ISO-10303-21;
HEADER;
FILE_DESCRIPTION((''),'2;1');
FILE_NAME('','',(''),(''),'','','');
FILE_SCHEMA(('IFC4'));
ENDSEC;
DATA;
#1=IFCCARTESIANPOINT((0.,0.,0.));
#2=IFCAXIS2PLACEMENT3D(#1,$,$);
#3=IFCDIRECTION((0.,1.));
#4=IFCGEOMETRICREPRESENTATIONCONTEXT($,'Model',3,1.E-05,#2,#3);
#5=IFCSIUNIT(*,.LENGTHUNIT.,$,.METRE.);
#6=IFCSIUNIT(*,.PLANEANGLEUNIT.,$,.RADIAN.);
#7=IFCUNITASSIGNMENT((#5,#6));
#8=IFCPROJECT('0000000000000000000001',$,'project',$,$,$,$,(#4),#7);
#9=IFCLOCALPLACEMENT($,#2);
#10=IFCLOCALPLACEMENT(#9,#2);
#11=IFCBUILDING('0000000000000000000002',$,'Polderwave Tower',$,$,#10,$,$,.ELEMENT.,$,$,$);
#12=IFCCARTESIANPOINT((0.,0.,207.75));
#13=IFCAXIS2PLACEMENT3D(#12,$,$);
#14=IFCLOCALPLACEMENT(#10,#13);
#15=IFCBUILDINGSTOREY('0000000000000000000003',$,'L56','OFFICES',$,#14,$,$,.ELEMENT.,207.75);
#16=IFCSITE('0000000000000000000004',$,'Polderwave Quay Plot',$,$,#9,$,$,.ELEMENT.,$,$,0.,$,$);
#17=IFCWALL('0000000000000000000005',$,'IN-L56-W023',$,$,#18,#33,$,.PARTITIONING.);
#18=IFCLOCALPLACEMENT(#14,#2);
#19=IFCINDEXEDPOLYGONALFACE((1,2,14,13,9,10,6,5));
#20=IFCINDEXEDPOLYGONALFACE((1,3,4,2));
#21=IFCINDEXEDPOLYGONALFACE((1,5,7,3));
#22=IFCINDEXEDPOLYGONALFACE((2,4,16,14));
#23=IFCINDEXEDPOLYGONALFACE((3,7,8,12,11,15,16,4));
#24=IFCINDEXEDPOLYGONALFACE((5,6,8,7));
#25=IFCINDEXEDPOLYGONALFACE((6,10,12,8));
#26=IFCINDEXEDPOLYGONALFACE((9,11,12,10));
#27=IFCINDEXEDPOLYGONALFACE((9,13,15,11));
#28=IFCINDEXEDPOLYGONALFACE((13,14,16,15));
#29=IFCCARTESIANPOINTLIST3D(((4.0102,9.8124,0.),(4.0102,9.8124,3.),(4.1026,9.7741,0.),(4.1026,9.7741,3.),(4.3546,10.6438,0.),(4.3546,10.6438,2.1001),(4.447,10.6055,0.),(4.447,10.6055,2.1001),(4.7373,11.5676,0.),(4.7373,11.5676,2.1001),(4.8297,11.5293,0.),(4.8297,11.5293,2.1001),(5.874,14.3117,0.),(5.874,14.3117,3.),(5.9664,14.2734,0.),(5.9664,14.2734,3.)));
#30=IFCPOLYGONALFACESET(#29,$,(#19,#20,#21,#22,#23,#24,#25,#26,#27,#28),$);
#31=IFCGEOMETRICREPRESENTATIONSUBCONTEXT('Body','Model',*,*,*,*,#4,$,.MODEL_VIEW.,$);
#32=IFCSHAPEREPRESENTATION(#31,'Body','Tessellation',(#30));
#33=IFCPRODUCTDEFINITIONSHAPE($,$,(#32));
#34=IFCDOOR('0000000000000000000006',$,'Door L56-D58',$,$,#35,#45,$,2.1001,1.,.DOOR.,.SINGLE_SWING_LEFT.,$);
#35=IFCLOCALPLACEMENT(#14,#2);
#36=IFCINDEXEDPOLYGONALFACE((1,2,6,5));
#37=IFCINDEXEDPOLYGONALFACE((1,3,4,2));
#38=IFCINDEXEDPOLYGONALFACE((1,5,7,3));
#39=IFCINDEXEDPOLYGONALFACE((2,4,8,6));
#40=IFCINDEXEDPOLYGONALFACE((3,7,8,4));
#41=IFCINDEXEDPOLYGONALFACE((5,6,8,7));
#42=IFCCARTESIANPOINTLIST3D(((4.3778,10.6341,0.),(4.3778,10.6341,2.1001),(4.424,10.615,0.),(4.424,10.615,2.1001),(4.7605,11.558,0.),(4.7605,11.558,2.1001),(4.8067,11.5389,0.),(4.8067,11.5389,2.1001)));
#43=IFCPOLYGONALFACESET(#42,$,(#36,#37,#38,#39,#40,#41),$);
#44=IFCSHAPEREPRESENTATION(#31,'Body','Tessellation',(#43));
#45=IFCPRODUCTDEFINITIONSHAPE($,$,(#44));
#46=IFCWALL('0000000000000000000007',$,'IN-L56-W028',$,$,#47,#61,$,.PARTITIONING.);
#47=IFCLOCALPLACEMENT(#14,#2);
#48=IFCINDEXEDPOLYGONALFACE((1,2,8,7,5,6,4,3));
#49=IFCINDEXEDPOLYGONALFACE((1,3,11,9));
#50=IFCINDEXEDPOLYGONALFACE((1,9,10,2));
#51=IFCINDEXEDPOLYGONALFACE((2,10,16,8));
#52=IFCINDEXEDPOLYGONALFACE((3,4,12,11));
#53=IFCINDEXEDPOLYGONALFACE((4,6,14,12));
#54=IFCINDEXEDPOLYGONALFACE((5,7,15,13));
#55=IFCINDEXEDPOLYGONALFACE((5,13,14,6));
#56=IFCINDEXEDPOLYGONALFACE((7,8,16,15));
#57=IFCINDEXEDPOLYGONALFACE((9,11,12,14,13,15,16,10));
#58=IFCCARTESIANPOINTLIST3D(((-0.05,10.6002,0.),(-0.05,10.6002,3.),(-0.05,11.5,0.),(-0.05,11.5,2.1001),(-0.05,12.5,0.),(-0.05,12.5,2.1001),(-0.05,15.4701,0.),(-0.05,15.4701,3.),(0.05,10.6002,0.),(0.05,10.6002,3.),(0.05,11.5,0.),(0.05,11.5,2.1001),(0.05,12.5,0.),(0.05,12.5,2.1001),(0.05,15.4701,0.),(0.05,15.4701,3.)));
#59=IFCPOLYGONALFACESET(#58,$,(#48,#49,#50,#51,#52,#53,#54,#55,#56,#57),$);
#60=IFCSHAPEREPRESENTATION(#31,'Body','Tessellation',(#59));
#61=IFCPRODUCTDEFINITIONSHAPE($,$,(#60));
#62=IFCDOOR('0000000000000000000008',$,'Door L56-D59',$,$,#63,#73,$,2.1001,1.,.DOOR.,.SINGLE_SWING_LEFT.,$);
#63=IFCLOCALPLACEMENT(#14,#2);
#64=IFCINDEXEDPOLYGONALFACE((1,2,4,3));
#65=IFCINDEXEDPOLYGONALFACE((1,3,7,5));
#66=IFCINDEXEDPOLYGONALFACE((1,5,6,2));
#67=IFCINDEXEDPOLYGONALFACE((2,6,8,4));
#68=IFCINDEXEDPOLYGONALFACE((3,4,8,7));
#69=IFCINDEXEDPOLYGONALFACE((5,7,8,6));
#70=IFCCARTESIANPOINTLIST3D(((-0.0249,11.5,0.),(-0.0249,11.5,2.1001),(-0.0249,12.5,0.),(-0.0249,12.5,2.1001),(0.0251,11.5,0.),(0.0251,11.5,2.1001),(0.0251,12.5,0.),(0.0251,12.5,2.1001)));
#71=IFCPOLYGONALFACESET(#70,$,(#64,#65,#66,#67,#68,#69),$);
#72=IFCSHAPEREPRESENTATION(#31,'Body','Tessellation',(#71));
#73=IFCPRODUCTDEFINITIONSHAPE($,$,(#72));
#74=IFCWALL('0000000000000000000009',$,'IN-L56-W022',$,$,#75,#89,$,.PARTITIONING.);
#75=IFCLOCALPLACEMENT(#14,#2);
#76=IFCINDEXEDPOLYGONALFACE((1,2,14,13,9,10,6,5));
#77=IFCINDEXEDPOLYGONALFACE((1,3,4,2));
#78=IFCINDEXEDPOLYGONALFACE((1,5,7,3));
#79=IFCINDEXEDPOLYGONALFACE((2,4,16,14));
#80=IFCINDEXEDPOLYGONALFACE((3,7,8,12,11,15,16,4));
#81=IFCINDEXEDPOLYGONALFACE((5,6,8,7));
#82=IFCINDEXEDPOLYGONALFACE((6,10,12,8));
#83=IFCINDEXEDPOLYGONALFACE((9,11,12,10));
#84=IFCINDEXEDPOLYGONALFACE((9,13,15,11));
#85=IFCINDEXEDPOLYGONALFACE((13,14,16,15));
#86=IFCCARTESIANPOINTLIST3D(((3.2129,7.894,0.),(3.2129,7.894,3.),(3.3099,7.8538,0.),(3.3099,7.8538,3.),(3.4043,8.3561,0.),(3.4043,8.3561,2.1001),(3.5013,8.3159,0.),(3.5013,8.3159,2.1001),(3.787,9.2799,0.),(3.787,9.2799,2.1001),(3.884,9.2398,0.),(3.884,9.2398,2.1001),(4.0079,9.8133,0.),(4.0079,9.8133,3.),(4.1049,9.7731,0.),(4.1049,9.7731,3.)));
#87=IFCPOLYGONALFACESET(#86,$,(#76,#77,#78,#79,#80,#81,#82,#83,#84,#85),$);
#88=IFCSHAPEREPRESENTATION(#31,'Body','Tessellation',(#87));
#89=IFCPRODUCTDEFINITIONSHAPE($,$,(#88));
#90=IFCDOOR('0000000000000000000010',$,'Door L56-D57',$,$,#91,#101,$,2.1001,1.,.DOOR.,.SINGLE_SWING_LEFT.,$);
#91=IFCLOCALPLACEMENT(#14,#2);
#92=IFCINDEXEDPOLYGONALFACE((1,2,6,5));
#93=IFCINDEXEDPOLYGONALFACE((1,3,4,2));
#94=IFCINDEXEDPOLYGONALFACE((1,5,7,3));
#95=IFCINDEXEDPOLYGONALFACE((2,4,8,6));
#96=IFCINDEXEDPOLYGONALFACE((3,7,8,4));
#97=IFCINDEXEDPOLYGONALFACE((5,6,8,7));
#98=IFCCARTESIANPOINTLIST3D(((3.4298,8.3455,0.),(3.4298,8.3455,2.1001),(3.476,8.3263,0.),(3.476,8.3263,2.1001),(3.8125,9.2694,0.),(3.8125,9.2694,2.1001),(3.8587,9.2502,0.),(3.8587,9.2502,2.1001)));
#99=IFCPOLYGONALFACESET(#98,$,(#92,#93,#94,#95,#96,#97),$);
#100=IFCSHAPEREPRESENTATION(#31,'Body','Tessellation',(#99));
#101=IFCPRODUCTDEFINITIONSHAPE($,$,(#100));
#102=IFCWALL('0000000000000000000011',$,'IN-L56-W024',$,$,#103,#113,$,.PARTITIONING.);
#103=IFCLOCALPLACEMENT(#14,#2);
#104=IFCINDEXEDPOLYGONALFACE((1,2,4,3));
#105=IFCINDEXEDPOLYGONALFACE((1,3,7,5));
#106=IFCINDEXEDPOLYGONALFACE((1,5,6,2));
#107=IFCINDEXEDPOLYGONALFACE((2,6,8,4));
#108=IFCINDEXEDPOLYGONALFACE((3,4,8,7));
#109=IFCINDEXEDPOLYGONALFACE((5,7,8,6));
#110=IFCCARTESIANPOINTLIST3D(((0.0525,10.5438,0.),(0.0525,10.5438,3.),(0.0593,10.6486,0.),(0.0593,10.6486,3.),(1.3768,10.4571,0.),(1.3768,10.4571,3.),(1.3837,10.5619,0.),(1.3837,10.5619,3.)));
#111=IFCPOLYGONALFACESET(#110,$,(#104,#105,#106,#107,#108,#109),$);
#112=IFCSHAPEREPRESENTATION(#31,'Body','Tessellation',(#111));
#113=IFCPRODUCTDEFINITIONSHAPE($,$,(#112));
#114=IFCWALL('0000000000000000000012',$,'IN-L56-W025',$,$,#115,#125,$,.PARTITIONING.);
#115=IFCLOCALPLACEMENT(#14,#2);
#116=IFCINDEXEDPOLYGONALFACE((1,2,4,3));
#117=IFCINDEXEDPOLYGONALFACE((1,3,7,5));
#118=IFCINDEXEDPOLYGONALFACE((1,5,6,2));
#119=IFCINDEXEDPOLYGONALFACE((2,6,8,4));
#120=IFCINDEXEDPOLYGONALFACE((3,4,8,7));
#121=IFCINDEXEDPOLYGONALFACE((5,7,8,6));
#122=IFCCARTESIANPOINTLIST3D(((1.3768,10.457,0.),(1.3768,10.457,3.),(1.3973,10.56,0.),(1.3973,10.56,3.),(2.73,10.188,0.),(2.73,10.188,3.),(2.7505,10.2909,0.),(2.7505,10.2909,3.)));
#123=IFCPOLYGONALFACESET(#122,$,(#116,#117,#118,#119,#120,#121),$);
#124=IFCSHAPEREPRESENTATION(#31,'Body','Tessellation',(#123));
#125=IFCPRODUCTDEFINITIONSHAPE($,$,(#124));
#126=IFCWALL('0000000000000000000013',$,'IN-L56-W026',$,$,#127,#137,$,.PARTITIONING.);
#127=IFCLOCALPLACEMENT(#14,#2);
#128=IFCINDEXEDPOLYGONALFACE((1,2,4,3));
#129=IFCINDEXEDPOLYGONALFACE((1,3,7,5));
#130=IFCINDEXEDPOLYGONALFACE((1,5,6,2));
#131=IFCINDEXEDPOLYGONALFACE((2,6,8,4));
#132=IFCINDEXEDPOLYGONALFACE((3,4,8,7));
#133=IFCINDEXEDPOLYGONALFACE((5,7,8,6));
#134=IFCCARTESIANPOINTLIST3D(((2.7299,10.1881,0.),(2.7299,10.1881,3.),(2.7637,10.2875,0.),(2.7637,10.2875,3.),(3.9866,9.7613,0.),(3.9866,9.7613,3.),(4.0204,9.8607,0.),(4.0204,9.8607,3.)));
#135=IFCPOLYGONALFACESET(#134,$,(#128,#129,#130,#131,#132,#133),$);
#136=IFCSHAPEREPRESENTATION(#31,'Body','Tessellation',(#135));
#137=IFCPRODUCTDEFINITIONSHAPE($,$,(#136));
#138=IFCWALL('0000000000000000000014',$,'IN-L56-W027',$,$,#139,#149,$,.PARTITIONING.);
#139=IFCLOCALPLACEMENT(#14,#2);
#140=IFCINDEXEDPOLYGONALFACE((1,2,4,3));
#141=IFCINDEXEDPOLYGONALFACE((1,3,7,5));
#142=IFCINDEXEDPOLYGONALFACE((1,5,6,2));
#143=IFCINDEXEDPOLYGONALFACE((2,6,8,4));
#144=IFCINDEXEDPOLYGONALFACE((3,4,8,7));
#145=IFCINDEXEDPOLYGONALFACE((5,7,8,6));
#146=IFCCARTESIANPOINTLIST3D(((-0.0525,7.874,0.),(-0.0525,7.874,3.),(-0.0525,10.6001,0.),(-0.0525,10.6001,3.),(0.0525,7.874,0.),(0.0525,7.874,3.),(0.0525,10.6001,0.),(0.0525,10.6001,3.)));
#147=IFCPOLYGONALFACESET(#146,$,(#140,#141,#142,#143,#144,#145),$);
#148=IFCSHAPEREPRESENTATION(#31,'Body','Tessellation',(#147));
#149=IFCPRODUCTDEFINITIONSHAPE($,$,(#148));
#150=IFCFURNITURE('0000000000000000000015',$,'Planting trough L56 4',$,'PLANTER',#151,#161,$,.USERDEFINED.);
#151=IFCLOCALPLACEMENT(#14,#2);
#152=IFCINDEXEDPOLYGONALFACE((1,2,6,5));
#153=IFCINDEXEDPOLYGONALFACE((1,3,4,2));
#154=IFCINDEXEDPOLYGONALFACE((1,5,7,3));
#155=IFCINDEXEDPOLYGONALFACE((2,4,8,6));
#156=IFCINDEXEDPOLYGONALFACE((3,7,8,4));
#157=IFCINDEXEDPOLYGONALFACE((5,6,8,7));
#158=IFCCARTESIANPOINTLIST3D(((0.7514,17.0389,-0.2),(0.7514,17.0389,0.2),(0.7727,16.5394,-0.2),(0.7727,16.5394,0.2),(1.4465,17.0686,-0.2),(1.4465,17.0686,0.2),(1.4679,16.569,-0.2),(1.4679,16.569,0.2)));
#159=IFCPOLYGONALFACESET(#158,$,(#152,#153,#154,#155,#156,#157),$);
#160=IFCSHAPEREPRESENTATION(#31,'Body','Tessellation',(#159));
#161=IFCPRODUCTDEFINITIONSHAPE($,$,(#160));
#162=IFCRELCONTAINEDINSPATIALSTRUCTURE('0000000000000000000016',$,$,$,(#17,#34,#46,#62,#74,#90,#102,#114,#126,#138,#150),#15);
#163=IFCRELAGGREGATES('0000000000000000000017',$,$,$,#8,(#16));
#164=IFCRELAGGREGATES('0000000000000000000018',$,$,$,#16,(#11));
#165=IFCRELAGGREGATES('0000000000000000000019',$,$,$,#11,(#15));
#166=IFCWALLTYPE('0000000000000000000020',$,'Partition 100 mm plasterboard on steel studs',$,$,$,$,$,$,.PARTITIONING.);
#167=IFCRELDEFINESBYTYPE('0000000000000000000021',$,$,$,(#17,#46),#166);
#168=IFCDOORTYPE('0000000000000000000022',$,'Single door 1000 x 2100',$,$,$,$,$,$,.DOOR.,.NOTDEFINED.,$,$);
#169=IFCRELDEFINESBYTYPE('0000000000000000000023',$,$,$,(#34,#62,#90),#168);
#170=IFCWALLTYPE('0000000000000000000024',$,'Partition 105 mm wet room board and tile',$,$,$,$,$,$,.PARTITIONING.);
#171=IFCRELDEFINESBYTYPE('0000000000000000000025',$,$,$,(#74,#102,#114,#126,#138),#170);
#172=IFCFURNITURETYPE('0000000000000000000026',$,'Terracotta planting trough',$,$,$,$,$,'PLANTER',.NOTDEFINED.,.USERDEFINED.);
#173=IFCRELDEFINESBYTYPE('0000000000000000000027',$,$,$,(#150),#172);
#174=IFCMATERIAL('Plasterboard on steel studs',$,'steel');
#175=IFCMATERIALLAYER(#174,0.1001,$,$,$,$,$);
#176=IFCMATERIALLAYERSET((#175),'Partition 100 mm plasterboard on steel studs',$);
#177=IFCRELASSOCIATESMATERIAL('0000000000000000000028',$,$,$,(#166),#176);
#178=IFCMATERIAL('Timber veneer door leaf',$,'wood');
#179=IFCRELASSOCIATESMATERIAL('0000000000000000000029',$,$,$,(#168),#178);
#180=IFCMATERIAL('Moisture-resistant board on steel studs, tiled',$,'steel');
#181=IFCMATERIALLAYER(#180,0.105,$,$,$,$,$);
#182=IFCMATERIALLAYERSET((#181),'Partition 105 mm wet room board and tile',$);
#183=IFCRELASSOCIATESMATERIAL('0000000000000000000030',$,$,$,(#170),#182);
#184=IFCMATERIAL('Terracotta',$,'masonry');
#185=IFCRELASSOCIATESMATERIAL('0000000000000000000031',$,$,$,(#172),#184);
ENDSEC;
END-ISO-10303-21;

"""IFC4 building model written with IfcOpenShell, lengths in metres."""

from ifc_helpers import new_model, si_unit, direction, frame, frame_2d, origin, origin_2d, place, context, subcontext, project, spatial, rectangle, extrude, material, layer, layer_set, type_object, element, fill, save


model = new_model("IFC4")

# Units and contexts
model_context = context("Model", 3, precision=1e-05, world=origin(), true_north=direction((0.0, 1.0)))
body_context = subcontext(model_context, "Body", "Model", "MODEL_VIEW")
ifc_project = project(units=[si_unit("LENGTHUNIT", "METRE"), si_unit("PLANEANGLEUNIT", "RADIAN")], contexts=[model_context])

# Site, building, storey
site_placement = place(None, origin())
site = spatial("IfcSite", under=ifc_project, at=site_placement, Name="Polderwave Quay Plot", CompositionType="ELEMENT", RefElevation=0.0)
building_placement = place(site_placement, origin())
building = spatial("IfcBuilding", under=site, at=building_placement, Name="Polderwave Tower", CompositionType="ELEMENT")
storey_placement = place(building_placement, frame((0.0, 0.0, 207.75)))
storey = spatial("IfcBuildingStorey", under=building, at=storey_placement, Name="L56", Description="OFFICES", CompositionType="ELEMENT", Elevation=207.75)

# Walls, openings, doors
ifc_material_1 = material(Name="Plasterboard on steel studs", Category="steel")
ifc_layer_1 = layer(ifc_material_1, 0.1001)
ifc_layer_set_1 = layer_set([ifc_layer_1], Name="Partition 100 mm plasterboard on steel studs")
wall_type_1 = type_object("IfcWallType", Name="Partition 100 mm plasterboard on steel studs", PredefinedType="PARTITIONING", material=ifc_layer_set_1)
wall_1_placement = place(storey_placement, frame((4.0564, 9.7932, 0.0), z_axis=(0.0, 0.0, 1.0), x_axis=(0.382703, 0.923871, 0.0)))
wall_1 = element("IfcWall", 1, at=wall_1_placement, inside=storey, type_object=wall_type_1, Name="IN-L56-W023", PredefinedType="PARTITIONING", context=body_context, shape_type="SweptSolid", body=[
    extrude(rectangle(XDim=4.8701, YDim=0.1001, at=frame_2d((2.4351, 0.0))), origin(), (0.0, 0.0, 1.0), 3.0),
])
opening_1_placement = place(wall_1_placement, frame((0.8999, 0.0, 0.0)))
opening_1 = element("IfcOpeningElement", 2, at=opening_1_placement, cuts=wall_1, PredefinedType="OPENING", context=body_context, shape_type="SweptSolid", body=[
    extrude(rectangle(XDim=1.0, YDim=2.1001, at=frame_2d((0.5, 1.05))), frame((0.0, 0.0601, 0.0), z_axis=(0.0, -1.0, 0.0), x_axis=(1.0, 0.0, 0.0)), (0.0, 0.0, 1.0), 0.1201),
])
ifc_material_2 = material(Name="Timber veneer door leaf", Category="wood")
door_type = type_object("IfcDoorType", Name="Single door 1000 x 2100", OperationType="NOTDEFINED", PredefinedType="DOOR", material=ifc_material_2)
door_1_placement = place(opening_1_placement, origin())
door_1 = element("IfcDoor", 3, at=door_1_placement, inside=storey, type_object=door_type, Name="Door L56-D58", OperationType="SINGLE_SWING_LEFT", OverallHeight=2.1001, OverallWidth=1.0, PredefinedType="DOOR", context=body_context, shape_type="SweptSolid", body=[
    extrude(rectangle(XDim=1.0, YDim=2.1001, at=frame_2d((0.5, 1.05))), frame((0.0, 0.0249, 0.0), z_axis=(0.0, -1.0, 0.0), x_axis=(1.0, 0.0, 0.0)), (0.0, 0.0, 1.0), 0.05),
])
fill(opening_1, door_1)
wall_2_placement = place(storey_placement, frame((0.0, 10.6001, 0.0), z_axis=(0.0, 0.0, 1.0), x_axis=(0.0, 1.0, 0.0)))
wall_2 = element("IfcWall", 4, at=wall_2_placement, inside=storey, type_object=wall_type_1, Name="IN-L56-W028", PredefinedType="PARTITIONING", context=body_context, shape_type="SweptSolid", body=[
    extrude(rectangle(XDim=4.8699, YDim=0.1001, at=frame_2d((2.4351, 0.0))), origin(), (0.0, 0.0, 1.0), 3.0),
])
opening_2_placement = place(wall_2_placement, frame((0.8999, 0.0, 0.0)))
opening_2 = element("IfcOpeningElement", 5, at=opening_2_placement, cuts=wall_2, PredefinedType="OPENING", context=body_context, shape_type="SweptSolid", body=[
    extrude(rectangle(XDim=1.0, YDim=2.1001, at=frame_2d((0.5, 1.05))), frame((0.0, 0.0601, 0.0), z_axis=(0.0, -1.0, 0.0), x_axis=(1.0, 0.0, 0.0)), (0.0, 0.0, 1.0), 0.1201),
])
door_2_placement = place(opening_2_placement, origin())
door_2 = element("IfcDoor", 6, at=door_2_placement, inside=storey, type_object=door_type, Name="Door L56-D59", OperationType="SINGLE_SWING_LEFT", OverallHeight=2.1001, OverallWidth=1.0, PredefinedType="DOOR", context=body_context, shape_type="SweptSolid", body=[
    extrude(rectangle(XDim=1.0, YDim=2.1001, at=frame_2d((0.5, 1.05))), frame((0.0, 0.0249, 0.0), z_axis=(0.0, -1.0, 0.0), x_axis=(1.0, 0.0, 0.0)), (0.0, 0.0, 1.0), 0.05),
])
fill(opening_2, door_2)
ifc_material_3 = material(Name="Moisture-resistant board on steel studs, tiled", Category="steel")
ifc_layer_2 = layer(ifc_material_3, 0.105)
ifc_layer_set_2 = layer_set([ifc_layer_2], Name="Partition 105 mm wet room board and tile")
wall_type_2 = type_object("IfcWallType", Name="Partition 105 mm wet room board and tile", PredefinedType="PARTITIONING", material=ifc_layer_set_2)
wall_3_placement = place(storey_placement, frame((3.2615, 7.874, 0.0), z_axis=(0.0, 0.0, 1.0), x_axis=(0.38267, 0.923885, 0.0)))
wall_3 = element("IfcWall", 7, at=wall_3_placement, inside=storey, type_object=wall_type_2, Name="IN-L56-W022", PredefinedType="PARTITIONING", context=body_context, shape_type="SweptSolid", body=[
    extrude(rectangle(XDim=2.0774, YDim=0.105, at=frame_2d((1.0386, 0.0))), origin(), (0.0, 0.0, 1.0), 3.0),
])
opening_3_placement = place(wall_3_placement, frame((0.5, 0.0, 0.0)))
opening_3 = element("IfcOpeningElement", 8, at=opening_3_placement, cuts=wall_3, PredefinedType="OPENING", context=body_context, shape_type="SweptSolid", body=[
    extrude(rectangle(XDim=1.0, YDim=2.1001, at=frame_2d((0.5, 1.05))), frame((0.0, 0.0625, 0.0), z_axis=(0.0, -1.0, 0.0), x_axis=(1.0, 0.0, 0.0)), (0.0, 0.0, 1.0), 0.125),
])
door_3_placement = place(opening_3_placement, origin())
door_3 = element("IfcDoor", 9, at=door_3_placement, inside=storey, type_object=door_type, Name="Door L56-D57", OperationType="SINGLE_SWING_LEFT", OverallHeight=2.1001, OverallWidth=1.0, PredefinedType="DOOR", context=body_context, shape_type="SweptSolid", body=[
    extrude(rectangle(XDim=1.0, YDim=2.1001, at=frame_2d((0.5, 1.05))), frame((0.0, 0.0249, 0.0), z_axis=(0.0, -1.0, 0.0), x_axis=(1.0, 0.0, 0.0)), (0.0, 0.0, 1.0), 0.05),
])
fill(opening_3, door_3)

# Walls
wall_4_placement = place(storey_placement, frame((0.0559, 10.5962, 0.0), z_axis=(0.0, 0.0, 1.0), x_axis=(0.997865, -0.06531, 0.0)))
element("IfcWall", 10, at=wall_4_placement, inside=storey, type_object=wall_type_2, Name="IN-L56-W024", PredefinedType="PARTITIONING", context=body_context, shape_type="SweptSolid", body=[
    extrude(rectangle(XDim=1.3271, YDim=0.105, at=frame_2d((0.6636, 0.0))), origin(), (0.0, 0.0, 1.0), 3.0),
])
wall_5_placement = place(storey_placement, frame((1.387, 10.5085, 0.0), z_axis=(0.0, 0.0, 1.0), x_axis=(0.980798, -0.195027, 0.0)))
element("IfcWall", 11, at=wall_5_placement, inside=storey, type_object=wall_type_2, Name="IN-L56-W025", PredefinedType="PARTITIONING", context=body_context, shape_type="SweptSolid", body=[
    extrude(rectangle(XDim=1.3796, YDim=0.105, at=frame_2d((0.6899, 0.0))), origin(), (0.0, 0.0, 1.0), 3.0),
])
wall_6_placement = place(storey_placement, frame((2.7468, 10.2378, 0.0), z_axis=(0.0, 0.0, 1.0), x_axis=(0.946884, -0.321576, 0.0)))
element("IfcWall", 12, at=wall_6_placement, inside=storey, type_object=wall_type_2, Name="IN-L56-W026", PredefinedType="PARTITIONING", context=body_context, shape_type="SweptSolid", body=[
    extrude(rectangle(XDim=1.3271, YDim=0.105, at=frame_2d((0.6636, 0.0))), origin(), (0.0, 0.0, 1.0), 3.0),
])
wall_7_placement = place(storey_placement, frame((0.0, 7.874, 0.0), z_axis=(0.0, 0.0, 1.0), x_axis=(0.0, 1.0, 0.0)))
element("IfcWall", 13, at=wall_7_placement, inside=storey, type_object=wall_type_2, Name="IN-L56-W027", PredefinedType="PARTITIONING", context=body_context, shape_type="SweptSolid", body=[
    extrude(rectangle(XDim=2.7261, YDim=0.105, at=frame_2d((1.363, 0.0))), origin(), (0.0, 0.0, 1.0), 3.0),
])

# Furniture
ifc_material_4 = material(Name="Terracotta", Category="masonry")
furniture_type = type_object("IfcFurnitureType", Name="Terracotta planting trough", ElementType="PLANTER", AssemblyPlace="NOTDEFINED", PredefinedType="USERDEFINED", material=ifc_material_4)
furniture_placement = place(storey_placement, frame((1.1096, 16.804, -0.2), z_axis=(0.0, 0.0, 1.0), x_axis=(-0.999091, -0.042617, 0.0)))
element("IfcFurniture", 14, at=furniture_placement, inside=storey, type_object=furniture_type, Name="Planting trough L56 4", ObjectType="PLANTER", PredefinedType="USERDEFINED", context=body_context, shape_type="SweptSolid", body=[
    extrude(rectangle(XDim=0.6958, YDim=0.5, at=origin_2d()), origin(), (0.0, 0.0, 1.0), 0.3999),
])

save(model, "model.ifc")
